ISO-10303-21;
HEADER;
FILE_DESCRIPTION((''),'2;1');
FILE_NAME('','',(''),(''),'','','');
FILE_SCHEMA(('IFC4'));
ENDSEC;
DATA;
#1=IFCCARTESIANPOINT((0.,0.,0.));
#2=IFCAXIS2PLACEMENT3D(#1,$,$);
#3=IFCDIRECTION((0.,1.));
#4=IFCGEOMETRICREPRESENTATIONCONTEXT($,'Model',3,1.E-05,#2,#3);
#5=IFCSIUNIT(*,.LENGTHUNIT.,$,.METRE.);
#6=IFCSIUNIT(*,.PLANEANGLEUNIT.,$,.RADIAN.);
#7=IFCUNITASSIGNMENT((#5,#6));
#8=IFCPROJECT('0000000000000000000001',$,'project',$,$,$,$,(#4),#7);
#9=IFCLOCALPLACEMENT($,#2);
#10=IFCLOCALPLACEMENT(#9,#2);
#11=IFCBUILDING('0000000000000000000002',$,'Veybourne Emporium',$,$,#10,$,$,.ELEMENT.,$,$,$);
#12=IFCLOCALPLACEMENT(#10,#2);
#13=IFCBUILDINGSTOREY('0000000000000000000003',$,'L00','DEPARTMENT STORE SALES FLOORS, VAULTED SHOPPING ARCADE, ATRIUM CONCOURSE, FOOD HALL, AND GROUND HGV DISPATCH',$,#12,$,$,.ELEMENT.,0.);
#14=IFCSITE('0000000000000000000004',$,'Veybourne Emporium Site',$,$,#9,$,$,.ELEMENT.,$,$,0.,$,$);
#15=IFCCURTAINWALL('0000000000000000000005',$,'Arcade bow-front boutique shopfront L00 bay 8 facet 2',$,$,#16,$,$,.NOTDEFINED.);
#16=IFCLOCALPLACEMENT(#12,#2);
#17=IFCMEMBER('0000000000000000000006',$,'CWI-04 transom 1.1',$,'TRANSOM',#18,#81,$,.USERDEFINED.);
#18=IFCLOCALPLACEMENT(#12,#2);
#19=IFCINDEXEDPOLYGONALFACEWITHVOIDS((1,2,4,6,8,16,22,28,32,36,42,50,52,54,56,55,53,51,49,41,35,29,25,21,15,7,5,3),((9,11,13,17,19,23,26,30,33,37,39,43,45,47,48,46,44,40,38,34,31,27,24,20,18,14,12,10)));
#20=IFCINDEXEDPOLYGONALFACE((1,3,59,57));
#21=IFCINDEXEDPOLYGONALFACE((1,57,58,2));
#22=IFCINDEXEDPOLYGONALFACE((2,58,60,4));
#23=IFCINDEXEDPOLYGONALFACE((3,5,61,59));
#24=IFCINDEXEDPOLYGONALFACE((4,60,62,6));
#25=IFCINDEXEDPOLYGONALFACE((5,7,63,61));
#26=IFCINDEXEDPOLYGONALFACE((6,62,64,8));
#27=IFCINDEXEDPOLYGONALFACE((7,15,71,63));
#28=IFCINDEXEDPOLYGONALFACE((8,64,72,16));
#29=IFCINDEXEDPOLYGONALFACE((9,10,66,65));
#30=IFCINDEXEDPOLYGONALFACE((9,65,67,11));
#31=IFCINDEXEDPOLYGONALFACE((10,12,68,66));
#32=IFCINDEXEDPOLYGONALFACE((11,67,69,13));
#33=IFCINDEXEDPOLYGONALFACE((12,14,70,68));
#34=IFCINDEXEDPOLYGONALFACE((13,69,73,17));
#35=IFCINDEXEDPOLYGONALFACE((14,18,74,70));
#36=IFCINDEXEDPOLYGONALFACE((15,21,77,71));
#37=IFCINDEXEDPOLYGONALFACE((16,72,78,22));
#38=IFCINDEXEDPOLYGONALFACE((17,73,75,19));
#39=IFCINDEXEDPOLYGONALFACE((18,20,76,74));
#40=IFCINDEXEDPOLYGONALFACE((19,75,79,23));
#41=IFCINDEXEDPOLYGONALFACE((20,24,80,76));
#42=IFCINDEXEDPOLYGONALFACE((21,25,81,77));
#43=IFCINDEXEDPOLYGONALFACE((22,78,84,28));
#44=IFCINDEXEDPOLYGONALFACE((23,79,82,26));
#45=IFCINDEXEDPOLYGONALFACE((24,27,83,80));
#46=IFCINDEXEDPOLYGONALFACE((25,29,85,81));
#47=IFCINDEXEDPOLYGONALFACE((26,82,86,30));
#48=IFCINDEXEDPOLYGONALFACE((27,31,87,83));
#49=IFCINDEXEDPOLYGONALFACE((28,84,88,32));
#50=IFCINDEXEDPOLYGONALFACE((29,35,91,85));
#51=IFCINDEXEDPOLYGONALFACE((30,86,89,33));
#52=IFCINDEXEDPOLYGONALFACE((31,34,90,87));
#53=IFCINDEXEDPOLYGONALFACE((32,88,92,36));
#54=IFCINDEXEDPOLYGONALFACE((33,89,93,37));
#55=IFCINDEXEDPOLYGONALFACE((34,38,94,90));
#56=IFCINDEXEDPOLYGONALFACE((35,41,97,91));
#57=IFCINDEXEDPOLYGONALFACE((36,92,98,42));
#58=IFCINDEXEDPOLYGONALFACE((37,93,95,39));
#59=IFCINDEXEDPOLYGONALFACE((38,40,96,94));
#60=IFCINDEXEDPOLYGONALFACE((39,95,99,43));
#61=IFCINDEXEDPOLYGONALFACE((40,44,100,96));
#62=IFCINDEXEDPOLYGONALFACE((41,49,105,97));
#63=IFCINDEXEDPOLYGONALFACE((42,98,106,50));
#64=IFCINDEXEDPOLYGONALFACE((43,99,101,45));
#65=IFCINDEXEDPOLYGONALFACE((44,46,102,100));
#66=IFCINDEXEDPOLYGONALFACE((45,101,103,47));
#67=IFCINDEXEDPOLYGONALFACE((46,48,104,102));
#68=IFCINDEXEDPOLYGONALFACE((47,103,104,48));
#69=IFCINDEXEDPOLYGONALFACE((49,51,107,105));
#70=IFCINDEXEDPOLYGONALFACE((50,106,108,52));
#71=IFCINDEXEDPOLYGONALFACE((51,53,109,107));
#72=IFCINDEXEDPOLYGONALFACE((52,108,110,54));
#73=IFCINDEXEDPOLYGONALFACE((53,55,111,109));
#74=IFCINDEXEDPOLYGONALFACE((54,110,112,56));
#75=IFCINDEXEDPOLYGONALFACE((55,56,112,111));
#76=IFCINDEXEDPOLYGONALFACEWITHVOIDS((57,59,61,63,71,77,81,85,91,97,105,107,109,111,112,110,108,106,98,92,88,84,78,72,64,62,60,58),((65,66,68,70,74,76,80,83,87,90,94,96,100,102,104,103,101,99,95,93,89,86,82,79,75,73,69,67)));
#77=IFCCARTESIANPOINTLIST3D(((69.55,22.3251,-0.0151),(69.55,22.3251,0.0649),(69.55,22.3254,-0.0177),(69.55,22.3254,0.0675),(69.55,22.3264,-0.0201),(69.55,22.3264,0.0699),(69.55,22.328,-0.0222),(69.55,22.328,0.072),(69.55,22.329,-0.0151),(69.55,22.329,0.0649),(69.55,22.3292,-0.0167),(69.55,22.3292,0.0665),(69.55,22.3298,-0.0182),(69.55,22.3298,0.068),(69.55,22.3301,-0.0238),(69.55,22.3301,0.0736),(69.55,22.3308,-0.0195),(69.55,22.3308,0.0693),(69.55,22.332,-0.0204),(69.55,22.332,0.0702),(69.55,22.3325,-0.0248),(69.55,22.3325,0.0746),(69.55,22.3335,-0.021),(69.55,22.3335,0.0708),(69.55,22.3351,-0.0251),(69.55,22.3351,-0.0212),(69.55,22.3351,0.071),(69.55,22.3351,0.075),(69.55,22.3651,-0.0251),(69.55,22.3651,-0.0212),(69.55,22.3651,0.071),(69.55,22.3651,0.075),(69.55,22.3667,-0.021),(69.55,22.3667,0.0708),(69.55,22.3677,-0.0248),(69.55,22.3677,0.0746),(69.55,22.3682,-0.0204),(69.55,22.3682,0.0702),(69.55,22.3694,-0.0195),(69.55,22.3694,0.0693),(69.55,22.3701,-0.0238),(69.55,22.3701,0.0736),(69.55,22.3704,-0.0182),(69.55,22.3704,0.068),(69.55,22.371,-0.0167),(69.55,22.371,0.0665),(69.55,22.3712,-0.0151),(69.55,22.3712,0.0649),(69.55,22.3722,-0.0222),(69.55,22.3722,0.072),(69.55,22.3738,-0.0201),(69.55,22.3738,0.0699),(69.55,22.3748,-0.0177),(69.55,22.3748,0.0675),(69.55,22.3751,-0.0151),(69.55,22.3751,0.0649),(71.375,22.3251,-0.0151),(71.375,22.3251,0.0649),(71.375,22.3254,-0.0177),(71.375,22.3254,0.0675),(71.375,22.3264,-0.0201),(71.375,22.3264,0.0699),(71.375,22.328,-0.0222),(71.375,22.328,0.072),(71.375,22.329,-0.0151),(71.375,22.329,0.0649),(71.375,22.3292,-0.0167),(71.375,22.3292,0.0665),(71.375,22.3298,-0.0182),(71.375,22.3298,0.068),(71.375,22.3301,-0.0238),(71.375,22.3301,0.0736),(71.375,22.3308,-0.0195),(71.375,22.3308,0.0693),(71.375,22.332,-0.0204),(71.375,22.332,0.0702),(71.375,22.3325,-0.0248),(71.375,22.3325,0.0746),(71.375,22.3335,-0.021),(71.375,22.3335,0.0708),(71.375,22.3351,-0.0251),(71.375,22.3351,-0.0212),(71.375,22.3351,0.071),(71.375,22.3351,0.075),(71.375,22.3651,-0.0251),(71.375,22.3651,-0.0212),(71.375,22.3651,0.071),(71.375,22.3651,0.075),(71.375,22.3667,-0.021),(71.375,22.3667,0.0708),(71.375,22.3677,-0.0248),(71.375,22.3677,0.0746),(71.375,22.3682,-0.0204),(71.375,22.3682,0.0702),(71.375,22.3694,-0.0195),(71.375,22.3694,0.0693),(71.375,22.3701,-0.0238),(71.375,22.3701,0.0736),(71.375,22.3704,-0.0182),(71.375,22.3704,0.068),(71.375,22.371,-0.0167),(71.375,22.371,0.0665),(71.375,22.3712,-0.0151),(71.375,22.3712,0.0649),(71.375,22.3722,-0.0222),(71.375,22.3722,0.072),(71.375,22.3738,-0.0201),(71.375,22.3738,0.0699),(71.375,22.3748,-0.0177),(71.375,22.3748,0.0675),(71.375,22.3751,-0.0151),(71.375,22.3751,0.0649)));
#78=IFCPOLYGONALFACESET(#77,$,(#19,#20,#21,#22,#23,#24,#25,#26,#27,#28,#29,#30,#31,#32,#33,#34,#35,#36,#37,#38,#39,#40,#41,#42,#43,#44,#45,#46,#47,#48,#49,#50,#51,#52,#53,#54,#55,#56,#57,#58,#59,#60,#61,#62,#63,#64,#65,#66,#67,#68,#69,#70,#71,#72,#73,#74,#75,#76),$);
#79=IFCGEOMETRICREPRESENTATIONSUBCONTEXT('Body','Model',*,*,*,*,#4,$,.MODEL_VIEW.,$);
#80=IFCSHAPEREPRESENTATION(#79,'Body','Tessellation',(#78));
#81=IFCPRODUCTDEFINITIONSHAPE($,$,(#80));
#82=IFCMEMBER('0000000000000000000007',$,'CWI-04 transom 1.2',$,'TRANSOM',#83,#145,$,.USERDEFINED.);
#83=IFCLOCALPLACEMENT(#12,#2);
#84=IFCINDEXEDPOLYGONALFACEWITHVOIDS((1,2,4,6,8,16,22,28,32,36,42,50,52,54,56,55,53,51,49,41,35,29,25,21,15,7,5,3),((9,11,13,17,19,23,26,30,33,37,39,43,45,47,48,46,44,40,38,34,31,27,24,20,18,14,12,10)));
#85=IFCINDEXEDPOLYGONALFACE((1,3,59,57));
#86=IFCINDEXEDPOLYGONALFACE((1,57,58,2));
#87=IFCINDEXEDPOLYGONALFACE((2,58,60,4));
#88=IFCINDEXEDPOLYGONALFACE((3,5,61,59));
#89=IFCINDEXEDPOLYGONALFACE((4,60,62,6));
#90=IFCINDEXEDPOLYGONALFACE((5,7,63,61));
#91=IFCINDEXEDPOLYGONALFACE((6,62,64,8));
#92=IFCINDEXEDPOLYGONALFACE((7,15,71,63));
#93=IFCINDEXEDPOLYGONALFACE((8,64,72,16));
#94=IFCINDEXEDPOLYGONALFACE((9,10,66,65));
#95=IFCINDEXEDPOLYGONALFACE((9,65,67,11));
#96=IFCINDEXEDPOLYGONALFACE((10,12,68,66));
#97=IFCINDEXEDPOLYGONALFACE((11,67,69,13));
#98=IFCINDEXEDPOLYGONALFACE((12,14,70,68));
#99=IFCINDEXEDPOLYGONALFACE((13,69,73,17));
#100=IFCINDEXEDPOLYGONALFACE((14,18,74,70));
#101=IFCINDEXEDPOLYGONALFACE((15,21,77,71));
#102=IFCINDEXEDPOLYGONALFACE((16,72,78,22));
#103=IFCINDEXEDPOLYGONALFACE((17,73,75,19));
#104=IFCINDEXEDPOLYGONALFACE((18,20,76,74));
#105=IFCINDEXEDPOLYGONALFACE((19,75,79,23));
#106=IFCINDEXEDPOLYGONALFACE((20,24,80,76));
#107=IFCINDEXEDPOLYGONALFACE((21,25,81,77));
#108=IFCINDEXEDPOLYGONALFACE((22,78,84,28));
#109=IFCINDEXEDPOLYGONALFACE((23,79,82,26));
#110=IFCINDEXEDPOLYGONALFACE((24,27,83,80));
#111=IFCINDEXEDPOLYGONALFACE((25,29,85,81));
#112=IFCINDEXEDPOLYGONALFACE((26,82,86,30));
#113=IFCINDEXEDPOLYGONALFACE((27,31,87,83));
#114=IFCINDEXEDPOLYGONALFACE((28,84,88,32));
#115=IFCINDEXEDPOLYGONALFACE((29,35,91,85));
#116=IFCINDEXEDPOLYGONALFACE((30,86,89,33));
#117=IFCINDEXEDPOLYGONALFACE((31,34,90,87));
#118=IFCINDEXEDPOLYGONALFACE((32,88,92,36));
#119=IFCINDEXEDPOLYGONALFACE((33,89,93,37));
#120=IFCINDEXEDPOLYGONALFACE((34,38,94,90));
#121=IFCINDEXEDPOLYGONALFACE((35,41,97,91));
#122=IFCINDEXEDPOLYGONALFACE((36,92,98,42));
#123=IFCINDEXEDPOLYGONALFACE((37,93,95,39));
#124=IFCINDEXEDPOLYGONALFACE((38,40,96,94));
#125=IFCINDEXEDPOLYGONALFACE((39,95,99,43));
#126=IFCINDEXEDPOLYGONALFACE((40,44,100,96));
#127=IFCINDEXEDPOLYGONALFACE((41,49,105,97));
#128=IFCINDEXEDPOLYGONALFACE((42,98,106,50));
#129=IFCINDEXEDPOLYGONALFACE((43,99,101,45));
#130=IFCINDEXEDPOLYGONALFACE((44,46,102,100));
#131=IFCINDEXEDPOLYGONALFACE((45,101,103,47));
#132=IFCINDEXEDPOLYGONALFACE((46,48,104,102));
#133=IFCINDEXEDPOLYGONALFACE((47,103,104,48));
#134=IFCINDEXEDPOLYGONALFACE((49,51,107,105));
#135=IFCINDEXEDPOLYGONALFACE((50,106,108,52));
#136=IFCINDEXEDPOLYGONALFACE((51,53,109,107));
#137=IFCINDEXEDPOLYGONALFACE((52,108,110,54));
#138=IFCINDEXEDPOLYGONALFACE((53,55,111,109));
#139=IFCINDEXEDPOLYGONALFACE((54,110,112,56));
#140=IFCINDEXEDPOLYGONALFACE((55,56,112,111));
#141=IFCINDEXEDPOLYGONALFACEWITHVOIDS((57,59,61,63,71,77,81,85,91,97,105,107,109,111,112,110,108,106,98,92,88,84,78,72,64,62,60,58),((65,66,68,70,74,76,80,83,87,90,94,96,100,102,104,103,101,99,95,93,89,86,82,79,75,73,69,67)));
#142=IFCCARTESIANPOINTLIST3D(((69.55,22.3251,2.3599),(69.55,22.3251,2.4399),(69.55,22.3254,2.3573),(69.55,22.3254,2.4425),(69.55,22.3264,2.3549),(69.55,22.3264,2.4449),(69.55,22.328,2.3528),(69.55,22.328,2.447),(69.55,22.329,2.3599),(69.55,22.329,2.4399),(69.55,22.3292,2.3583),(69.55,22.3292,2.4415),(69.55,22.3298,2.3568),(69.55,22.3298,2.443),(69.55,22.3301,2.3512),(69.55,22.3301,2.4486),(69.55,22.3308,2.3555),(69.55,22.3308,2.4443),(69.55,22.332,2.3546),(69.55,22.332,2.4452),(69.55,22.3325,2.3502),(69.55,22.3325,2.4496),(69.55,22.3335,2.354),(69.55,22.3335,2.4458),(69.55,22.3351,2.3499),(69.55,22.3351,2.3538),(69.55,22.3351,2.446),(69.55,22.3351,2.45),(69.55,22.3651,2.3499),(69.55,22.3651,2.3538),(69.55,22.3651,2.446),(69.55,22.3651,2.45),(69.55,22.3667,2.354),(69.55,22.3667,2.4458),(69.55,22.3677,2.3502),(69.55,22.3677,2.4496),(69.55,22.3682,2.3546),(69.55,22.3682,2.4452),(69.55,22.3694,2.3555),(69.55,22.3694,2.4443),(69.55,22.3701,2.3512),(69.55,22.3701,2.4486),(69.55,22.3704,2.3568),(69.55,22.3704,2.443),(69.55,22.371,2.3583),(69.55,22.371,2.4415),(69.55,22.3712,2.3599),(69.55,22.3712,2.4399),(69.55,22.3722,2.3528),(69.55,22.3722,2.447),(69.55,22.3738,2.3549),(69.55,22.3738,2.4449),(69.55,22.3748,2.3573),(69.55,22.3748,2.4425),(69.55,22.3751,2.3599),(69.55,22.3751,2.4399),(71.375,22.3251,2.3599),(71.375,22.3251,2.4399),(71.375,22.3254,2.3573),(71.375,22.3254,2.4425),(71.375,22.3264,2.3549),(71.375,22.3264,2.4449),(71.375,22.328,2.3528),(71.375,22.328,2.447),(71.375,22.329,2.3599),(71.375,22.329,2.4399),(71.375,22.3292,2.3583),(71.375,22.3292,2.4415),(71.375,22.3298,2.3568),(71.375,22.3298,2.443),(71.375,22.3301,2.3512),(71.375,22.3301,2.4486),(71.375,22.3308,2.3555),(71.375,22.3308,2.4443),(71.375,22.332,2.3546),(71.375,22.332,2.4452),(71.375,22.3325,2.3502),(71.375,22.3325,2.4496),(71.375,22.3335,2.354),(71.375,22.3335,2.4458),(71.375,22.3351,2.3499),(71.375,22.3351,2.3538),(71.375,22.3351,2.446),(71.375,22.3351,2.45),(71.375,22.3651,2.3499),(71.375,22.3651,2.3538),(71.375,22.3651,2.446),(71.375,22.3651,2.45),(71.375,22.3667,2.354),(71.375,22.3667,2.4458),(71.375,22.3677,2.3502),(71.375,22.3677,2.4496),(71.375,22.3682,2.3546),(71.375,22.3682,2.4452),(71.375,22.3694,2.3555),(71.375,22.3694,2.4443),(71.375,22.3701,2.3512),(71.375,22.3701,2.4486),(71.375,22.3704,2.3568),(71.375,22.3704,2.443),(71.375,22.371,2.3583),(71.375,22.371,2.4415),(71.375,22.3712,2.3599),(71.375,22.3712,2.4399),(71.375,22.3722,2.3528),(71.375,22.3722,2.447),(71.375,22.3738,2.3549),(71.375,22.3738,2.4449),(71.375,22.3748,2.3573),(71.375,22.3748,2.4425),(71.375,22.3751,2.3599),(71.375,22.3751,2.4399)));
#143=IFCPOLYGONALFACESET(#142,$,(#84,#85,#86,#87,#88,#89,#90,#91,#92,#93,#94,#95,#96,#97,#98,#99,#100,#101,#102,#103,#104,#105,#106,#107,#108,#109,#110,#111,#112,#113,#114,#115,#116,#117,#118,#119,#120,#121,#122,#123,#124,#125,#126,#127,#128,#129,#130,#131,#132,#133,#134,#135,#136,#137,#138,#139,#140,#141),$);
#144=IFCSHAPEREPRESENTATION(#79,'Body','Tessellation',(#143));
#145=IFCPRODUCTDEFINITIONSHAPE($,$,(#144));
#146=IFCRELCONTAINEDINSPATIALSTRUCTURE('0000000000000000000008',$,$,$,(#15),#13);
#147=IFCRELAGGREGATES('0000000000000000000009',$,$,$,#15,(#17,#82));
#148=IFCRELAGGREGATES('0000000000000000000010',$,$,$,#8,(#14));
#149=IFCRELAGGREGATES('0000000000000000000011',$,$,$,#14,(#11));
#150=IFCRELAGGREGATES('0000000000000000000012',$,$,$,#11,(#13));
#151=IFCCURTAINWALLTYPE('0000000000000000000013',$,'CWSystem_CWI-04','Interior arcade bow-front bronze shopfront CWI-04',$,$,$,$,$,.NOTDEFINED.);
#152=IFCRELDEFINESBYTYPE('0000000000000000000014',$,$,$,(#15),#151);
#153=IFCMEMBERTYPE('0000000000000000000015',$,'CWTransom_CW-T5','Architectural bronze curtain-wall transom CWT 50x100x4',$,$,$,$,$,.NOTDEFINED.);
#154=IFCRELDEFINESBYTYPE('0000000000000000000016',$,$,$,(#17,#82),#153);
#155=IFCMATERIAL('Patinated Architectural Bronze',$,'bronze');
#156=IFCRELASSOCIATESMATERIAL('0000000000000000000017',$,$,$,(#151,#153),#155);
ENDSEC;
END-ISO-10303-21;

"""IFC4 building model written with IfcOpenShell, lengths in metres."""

from ifc_helpers import new_model, si_unit, direction, frame, origin, origin_2d, place, context, subcontext, project, spatial, hollow_rectangle, extrude, material, material_profile, profile_set, type_object, element, aggregate, save


model = new_model("IFC4")

# Units and contexts
model_context = context("Model", 3, precision=1e-05, world=origin(), true_north=direction((0.0, 1.0)))
body_context = subcontext(model_context, "Body", "Model", "MODEL_VIEW")
ifc_project = project(units=[si_unit("LENGTHUNIT", "METRE"), si_unit("PLANEANGLEUNIT", "RADIAN")], contexts=[model_context])

# Site, building, storey
site_placement = place(None, origin())
site = spatial("IfcSite", under=ifc_project, at=site_placement, Name="Veybourne Emporium Site", CompositionType="ELEMENT", RefElevation=0.0)
building_placement = place(site_placement, origin())
building = spatial("IfcBuilding", under=site, at=building_placement, Name="Veybourne Emporium", CompositionType="ELEMENT")
storey_placement = place(building_placement, origin())
storey = spatial("IfcBuildingStorey", under=building, at=storey_placement, Name="L00", Description="DEPARTMENT STORE SALES FLOORS, VAULTED SHOPPING ARCADE, ATRIUM CONCOURSE, FOOD HALL, AND GROUND HGV DISPATCH", CompositionType="ELEMENT", Elevation=0.0)

# Shared definitions
ifc_material_1 = material(Name="Patinated Architectural Bronze", Category="bronze")

# Curtain wall
curtain_wall_type_1 = type_object("IfcCurtainWallType", Name="CWSystem_CWI-04", Description="Interior arcade bow-front bronze shopfront CWI-04", PredefinedType="NOTDEFINED", material=ifc_material_1)
curtain_wall_1_placement = place(storey_placement, origin())
curtain_wall_1 = element("IfcCurtainWall", 1, at=curtain_wall_1_placement, inside=storey, type_object=curtain_wall_type_1, Name="Arcade bow-front boutique shopfront L00 bay 8 facet 2", PredefinedType="NOTDEFINED")

# Members
ifc_material_profile_1 = material_profile(ifc_material_1, hollow_rectangle(XDim=0.05, YDim=0.1001, WallThickness=0.0039, InnerFilletRadius=0.0061, OuterFilletRadius=0.01, at=origin_2d()), Name="CWT 50x100x4")
ifc_profile_set_1 = profile_set([ifc_material_profile_1], Name="Patinated Architectural Bronze")
member_type_1 = type_object("IfcMemberType", Name="CWTransom_CW-T5", Description="Architectural bronze curtain-wall transom CWT 50x100x4", PredefinedType="NOTDEFINED", material=ifc_profile_set_1)
member_1_placement = place(storey_placement, frame((69.55, 22.3501, 0.0249), z_axis=(1.0, 0.0, 0.0), x_axis=(0.0, 1.0, 0.0)))
member_1 = element("IfcMember", 2, at=member_1_placement, type_object=member_type_1, Name="CWI-04 transom 1.1", ObjectType="TRANSOM", PredefinedType="USERDEFINED", context=body_context, shape_type="SweptSolid", body=[
    extrude(hollow_rectangle(XDim=0.05, YDim=0.1001, WallThickness=0.0039, InnerFilletRadius=0.0061, OuterFilletRadius=0.01, at=origin_2d()), origin(), (0.0, 0.0, 1.0), 1.825),
])
member_2_placement = place(storey_placement, frame((69.55, 22.3501, 2.3999), z_axis=(1.0, 0.0, 0.0), x_axis=(0.0, 1.0, 0.0)))
member_2 = element("IfcMember", 3, at=member_2_placement, type_object=member_type_1, Name="CWI-04 transom 1.2", ObjectType="TRANSOM", PredefinedType="USERDEFINED", context=body_context, shape_type="SweptSolid", body=[
    extrude(hollow_rectangle(XDim=0.05, YDim=0.1001, WallThickness=0.0039, InnerFilletRadius=0.0061, OuterFilletRadius=0.01, at=origin_2d()), origin(), (0.0, 0.0, 1.0), 1.825),
])

aggregate(curtain_wall_1, [member_1, member_2])

save(model, "model.ifc")
